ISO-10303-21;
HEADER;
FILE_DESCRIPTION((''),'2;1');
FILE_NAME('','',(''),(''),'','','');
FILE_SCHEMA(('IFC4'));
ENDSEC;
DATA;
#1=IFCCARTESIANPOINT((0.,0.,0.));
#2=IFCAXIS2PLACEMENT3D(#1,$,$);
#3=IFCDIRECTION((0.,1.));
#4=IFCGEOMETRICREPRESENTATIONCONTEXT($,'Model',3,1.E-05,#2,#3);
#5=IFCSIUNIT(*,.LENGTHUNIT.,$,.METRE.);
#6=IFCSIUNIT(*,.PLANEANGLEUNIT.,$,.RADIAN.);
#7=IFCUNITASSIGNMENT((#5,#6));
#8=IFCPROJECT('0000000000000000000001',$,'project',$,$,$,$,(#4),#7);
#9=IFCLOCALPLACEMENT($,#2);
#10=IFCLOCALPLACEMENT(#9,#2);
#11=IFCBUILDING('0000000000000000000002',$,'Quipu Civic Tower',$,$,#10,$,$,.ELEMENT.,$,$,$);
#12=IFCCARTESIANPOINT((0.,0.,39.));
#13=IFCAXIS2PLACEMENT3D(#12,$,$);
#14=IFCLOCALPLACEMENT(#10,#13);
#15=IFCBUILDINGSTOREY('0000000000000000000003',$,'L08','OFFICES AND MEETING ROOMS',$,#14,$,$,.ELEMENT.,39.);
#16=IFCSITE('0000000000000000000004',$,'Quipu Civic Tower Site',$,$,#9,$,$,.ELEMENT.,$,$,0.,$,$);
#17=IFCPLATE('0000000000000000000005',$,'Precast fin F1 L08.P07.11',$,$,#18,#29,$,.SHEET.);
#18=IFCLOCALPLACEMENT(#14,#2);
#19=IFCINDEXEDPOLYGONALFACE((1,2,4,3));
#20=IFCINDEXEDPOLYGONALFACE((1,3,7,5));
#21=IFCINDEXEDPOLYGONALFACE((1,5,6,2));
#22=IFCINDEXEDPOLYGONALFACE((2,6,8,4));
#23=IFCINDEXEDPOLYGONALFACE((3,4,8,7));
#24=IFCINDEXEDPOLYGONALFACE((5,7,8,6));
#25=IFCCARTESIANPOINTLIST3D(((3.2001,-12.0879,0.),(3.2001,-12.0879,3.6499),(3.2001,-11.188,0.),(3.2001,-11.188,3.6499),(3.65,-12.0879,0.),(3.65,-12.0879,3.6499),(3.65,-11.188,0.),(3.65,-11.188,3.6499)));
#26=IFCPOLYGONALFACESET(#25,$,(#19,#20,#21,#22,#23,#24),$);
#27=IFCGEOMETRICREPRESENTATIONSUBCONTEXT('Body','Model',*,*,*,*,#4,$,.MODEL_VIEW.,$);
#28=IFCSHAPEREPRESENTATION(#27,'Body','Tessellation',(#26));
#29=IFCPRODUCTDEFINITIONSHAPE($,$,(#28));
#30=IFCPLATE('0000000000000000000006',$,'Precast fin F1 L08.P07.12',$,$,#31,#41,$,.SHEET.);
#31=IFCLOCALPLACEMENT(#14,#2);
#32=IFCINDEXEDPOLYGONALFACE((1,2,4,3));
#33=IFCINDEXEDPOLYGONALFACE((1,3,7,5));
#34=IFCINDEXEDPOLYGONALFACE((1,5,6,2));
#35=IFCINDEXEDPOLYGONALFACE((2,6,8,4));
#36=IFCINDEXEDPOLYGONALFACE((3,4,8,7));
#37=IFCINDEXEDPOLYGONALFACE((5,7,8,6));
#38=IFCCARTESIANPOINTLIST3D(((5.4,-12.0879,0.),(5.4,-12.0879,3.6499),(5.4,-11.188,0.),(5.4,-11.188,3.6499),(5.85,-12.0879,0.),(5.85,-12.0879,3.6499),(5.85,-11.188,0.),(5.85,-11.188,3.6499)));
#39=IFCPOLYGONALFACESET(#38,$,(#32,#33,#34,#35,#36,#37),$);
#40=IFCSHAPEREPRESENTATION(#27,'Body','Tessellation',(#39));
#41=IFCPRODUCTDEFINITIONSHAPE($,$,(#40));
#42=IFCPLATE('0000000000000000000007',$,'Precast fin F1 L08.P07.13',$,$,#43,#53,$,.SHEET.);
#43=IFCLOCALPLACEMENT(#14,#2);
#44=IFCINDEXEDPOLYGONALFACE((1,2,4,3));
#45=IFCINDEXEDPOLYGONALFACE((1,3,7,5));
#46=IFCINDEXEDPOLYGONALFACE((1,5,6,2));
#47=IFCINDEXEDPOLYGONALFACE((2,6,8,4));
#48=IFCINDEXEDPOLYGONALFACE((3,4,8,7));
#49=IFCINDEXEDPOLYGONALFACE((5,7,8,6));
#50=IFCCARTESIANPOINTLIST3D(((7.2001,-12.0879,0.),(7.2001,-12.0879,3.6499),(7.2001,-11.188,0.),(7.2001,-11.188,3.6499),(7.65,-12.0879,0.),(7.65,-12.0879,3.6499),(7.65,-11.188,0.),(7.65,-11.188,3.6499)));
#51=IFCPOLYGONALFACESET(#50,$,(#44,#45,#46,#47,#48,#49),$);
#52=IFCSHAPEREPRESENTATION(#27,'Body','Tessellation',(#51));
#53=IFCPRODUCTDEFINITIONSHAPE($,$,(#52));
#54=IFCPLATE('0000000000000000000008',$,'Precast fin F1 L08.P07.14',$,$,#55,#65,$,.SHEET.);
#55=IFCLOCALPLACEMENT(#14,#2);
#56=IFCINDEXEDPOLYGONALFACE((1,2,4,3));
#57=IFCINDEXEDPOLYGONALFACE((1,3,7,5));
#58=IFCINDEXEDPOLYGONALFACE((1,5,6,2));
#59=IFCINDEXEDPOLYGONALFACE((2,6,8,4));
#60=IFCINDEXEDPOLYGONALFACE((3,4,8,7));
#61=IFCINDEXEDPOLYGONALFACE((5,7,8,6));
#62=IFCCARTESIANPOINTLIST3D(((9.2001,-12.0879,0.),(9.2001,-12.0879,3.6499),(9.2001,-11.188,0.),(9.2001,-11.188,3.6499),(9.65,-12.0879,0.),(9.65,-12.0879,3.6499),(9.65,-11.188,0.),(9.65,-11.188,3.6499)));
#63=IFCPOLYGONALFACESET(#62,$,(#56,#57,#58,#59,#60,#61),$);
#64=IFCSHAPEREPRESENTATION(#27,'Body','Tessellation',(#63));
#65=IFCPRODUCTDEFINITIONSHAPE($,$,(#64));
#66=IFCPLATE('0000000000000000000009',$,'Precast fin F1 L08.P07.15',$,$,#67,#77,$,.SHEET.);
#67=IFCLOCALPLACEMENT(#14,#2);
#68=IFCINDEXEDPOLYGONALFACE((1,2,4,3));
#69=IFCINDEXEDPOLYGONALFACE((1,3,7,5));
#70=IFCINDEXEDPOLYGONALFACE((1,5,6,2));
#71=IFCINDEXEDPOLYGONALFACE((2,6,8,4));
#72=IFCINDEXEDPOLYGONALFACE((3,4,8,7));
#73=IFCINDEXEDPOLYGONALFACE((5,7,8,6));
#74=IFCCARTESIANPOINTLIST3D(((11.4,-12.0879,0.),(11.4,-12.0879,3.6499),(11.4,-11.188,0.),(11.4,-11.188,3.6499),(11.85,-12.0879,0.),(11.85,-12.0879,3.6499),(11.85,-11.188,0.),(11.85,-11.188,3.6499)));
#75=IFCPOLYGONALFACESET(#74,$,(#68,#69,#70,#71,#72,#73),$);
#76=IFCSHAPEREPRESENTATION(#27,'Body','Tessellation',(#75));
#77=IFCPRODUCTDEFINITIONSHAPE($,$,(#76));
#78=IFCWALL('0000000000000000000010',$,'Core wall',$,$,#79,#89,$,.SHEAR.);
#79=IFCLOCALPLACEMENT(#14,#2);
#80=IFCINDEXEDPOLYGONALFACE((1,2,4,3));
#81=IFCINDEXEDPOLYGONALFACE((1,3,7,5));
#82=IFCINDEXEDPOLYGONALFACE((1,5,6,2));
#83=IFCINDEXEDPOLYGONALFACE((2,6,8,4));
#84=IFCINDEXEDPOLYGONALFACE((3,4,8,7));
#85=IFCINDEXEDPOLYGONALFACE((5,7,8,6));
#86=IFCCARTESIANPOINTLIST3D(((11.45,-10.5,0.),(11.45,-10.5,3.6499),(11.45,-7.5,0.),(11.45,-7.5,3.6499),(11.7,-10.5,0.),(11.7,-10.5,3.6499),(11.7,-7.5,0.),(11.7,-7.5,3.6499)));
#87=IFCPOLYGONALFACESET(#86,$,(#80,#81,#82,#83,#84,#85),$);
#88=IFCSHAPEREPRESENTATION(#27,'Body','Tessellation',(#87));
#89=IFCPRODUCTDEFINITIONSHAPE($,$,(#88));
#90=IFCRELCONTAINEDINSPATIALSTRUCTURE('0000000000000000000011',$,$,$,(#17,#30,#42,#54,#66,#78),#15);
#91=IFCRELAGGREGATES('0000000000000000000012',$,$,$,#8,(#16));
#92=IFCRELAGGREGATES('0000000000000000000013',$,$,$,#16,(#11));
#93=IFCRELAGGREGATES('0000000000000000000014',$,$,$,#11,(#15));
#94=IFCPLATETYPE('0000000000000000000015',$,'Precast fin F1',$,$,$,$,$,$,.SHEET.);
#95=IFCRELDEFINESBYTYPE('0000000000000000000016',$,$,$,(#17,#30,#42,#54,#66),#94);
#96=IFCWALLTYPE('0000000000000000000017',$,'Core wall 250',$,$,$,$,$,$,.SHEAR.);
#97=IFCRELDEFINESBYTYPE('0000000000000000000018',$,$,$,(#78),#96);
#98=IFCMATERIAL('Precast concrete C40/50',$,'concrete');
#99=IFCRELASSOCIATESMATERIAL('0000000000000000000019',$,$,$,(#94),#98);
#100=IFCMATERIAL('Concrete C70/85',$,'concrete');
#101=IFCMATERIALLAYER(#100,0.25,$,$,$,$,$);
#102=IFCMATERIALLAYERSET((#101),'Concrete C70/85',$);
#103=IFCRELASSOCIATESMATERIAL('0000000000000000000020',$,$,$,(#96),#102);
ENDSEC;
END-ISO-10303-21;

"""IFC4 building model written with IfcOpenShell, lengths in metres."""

from ifc_helpers import new_model, si_unit, direction, frame, frame_2d, origin, origin_2d, place, context, subcontext, project, spatial, rectangle, extrude, material, layer, layer_set, type_object, element, save


model = new_model("IFC4")

# Units and contexts
model_context = context("Model", 3, precision=1e-05, world=origin(), true_north=direction((0.0, 1.0)))
body_context = subcontext(model_context, "Body", "Model", "MODEL_VIEW")
ifc_project = project(units=[si_unit("LENGTHUNIT", "METRE"), si_unit("PLANEANGLEUNIT", "RADIAN")], contexts=[model_context])

# Site, building, storey
site_placement = place(None, origin())
site = spatial("IfcSite", under=ifc_project, at=site_placement, Name="Quipu Civic Tower Site", CompositionType="ELEMENT", RefElevation=0.0)
building_placement = place(site_placement, origin())
building = spatial("IfcBuilding", under=site, at=building_placement, Name="Quipu Civic Tower", CompositionType="ELEMENT")
storey_placement = place(building_placement, frame((0.0, 0.0, 39.0)))
storey = spatial("IfcBuildingStorey", under=building, at=storey_placement, Name="L08", Description="OFFICES AND MEETING ROOMS", CompositionType="ELEMENT", Elevation=39.0)

# Plates
ifc_material_1 = material(Name="Precast concrete C40/50", Category="concrete")
plate_type = type_object("IfcPlateType", Name="Precast fin F1", PredefinedType="SHEET", material=ifc_material_1)
for number, where, z_axis, x_axis, name in (
    (1, (3.425, -11.6379, 0.0), (0.0, 0.0, 1.0), (1.0, 0.0, 0.0), "Precast fin F1 L08.P07.11"),
    (2, (5.625, -11.6379, 0.0), (0.0, 0.0, 1.0), (1.0, 0.0, 0.0), "Precast fin F1 L08.P07.12"),
    (3, (7.425, -11.6379, 0.0), (0.0, 0.0, 1.0), (1.0, 0.0, 0.0), "Precast fin F1 L08.P07.13"),
    (4, (9.425, -11.6379, 0.0), (0.0, 0.0, 1.0), (1.0, 0.0, 0.0), "Precast fin F1 L08.P07.14"),
    (5, (11.625, -11.6379, 0.0), (0.0, 0.0, 1.0), (1.0, 0.0, 0.0), "Precast fin F1 L08.P07.15"),
):
    element("IfcPlate", number, at=place(storey_placement, frame(where, z_axis=z_axis, x_axis=x_axis)), inside=storey, type_object=plate_type, Name=name, PredefinedType="SHEET", context=body_context, shape_type="SweptSolid", body=[
        extrude(rectangle(XDim=0.45, YDim=0.8999, at=origin_2d()), origin(), (0.0, 0.0, 1.0), 3.6499),
    ])

# Wall
ifc_material_2 = material(Name="Concrete C70/85", Category="concrete")
ifc_layer_1 = layer(ifc_material_2, 0.25)
ifc_layer_set_1 = layer_set([ifc_layer_1], Name="Concrete C70/85")
wall_type_1 = type_object("IfcWallType", Name="Core wall 250", PredefinedType="SHEAR", material=ifc_layer_set_1)
wall_1_placement = place(storey_placement, frame((11.575, -10.5, 0.0), z_axis=(0.0, 0.0, 1.0), x_axis=(0.0, 1.0, 0.0)))
element("IfcWall", 6, at=wall_1_placement, inside=storey, type_object=wall_type_1, Name="Core wall", PredefinedType="SHEAR", context=body_context, shape_type="SweptSolid", body=[
    extrude(rectangle(XDim=3.0, YDim=0.25, at=frame_2d((1.5, 0.0))), origin(), (0.0, 0.0, 1.0), 3.6499),
])

save(model, "model.ifc")
